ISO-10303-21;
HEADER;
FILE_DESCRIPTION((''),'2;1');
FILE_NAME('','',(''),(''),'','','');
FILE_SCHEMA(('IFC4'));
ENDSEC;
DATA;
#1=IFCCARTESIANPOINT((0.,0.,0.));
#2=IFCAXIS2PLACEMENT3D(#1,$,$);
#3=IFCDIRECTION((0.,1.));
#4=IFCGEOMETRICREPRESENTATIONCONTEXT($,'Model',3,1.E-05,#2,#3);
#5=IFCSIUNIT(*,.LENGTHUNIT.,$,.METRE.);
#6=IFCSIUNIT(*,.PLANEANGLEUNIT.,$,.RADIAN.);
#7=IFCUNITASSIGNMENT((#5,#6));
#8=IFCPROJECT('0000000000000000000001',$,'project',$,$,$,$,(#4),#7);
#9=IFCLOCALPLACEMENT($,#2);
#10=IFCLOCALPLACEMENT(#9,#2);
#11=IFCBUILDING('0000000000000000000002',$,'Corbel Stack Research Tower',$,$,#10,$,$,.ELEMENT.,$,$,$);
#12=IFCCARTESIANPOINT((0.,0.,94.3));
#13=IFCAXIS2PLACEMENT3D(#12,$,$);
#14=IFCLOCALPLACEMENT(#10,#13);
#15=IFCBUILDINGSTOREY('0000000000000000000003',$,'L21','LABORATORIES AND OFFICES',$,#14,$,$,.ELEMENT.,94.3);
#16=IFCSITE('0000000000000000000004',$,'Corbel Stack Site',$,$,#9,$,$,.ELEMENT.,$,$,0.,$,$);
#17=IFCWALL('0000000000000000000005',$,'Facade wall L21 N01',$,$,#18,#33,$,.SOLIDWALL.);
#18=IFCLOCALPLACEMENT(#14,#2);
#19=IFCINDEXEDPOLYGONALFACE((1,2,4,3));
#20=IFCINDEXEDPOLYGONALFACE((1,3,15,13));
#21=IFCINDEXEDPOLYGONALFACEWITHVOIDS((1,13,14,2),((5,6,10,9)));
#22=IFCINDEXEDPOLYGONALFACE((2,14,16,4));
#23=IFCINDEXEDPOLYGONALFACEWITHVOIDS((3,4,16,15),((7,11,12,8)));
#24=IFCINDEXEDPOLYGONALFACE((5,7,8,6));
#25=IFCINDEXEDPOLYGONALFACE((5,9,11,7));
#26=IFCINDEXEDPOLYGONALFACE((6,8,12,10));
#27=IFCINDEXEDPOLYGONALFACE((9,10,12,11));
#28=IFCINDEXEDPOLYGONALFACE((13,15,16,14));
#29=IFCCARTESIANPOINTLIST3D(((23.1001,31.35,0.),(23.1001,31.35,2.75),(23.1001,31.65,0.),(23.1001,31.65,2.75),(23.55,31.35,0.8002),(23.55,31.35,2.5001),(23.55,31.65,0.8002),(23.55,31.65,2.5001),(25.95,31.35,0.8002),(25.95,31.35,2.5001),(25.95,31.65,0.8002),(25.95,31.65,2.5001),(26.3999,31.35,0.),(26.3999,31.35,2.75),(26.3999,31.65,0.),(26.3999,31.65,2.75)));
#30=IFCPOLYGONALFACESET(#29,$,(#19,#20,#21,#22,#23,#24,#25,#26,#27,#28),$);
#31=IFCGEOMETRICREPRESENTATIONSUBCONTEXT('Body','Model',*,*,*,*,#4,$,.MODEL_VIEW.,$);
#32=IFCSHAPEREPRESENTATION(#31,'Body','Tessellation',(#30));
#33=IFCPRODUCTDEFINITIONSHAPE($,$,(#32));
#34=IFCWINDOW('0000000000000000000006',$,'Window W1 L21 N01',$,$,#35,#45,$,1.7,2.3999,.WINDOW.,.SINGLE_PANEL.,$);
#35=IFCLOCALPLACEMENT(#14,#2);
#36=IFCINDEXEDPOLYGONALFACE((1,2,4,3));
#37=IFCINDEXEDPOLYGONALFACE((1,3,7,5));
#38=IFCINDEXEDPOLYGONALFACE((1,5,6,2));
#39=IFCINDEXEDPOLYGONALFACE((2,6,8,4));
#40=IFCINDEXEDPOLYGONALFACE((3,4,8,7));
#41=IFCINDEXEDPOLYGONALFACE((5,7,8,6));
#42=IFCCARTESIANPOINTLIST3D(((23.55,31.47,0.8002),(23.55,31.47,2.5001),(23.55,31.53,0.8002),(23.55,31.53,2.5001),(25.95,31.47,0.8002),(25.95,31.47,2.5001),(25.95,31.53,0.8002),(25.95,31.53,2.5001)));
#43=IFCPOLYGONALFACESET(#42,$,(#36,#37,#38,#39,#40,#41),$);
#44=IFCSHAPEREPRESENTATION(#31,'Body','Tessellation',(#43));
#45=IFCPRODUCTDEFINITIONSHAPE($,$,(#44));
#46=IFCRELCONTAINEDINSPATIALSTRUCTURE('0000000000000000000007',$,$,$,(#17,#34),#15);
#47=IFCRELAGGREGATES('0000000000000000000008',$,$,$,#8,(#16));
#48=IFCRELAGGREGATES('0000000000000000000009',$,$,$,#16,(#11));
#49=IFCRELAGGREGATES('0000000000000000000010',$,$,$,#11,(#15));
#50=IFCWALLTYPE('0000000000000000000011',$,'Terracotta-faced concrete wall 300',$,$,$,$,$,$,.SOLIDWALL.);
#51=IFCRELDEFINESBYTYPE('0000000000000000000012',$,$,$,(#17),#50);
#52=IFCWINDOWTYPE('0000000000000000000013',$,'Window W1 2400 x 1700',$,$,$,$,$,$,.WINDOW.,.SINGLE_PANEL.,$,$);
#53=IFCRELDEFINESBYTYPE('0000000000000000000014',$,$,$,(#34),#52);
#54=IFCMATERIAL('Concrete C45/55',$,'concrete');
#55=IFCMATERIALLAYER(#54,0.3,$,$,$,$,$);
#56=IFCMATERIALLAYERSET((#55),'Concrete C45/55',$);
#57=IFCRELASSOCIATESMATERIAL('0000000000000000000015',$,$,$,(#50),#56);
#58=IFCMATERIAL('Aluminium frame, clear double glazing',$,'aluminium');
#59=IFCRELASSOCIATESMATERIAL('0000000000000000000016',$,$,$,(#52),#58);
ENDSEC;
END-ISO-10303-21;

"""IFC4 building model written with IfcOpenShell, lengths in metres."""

from ifc_helpers import new_model, si_unit, direction, frame, frame_2d, origin, place, context, subcontext, project, spatial, rectangle, extrude, material, layer, layer_set, type_object, element, fill, save


model = new_model("IFC4")

# Units and contexts
model_context = context("Model", 3, precision=1e-05, world=origin(), true_north=direction((0.0, 1.0)))
body_context = subcontext(model_context, "Body", "Model", "MODEL_VIEW")
ifc_project = project(units=[si_unit("LENGTHUNIT", "METRE"), si_unit("PLANEANGLEUNIT", "RADIAN")], contexts=[model_context])

# Site, building, storey
site_placement = place(None, origin())
site = spatial("IfcSite", under=ifc_project, at=site_placement, Name="Corbel Stack Site", CompositionType="ELEMENT", RefElevation=0.0)
building_placement = place(site_placement, origin())
building = spatial("IfcBuilding", under=site, at=building_placement, Name="Corbel Stack Research Tower", CompositionType="ELEMENT")
storey_placement = place(building_placement, frame((0.0, 0.0, 94.3)))
storey = spatial("IfcBuildingStorey", under=building, at=storey_placement, Name="L21", Description="LABORATORIES AND OFFICES", CompositionType="ELEMENT", Elevation=94.3)

# Wall, opening, window
ifc_material_1 = material(Name="Concrete C45/55", Category="concrete")
ifc_layer_1 = layer(ifc_material_1, 0.3)
ifc_layer_set_1 = layer_set([ifc_layer_1], Name="Concrete C45/55")
wall_type_1 = type_object("IfcWallType", Name="Terracotta-faced concrete wall 300", PredefinedType="SOLIDWALL", material=ifc_layer_set_1)
wall_1_placement = place(storey_placement, frame((23.1001, 31.5, 0.0), z_axis=(0.0, 0.0, 1.0), x_axis=(1.0, 0.0, 0.0)))
wall_1 = element("IfcWall", 1, at=wall_1_placement, inside=storey, type_object=wall_type_1, Name="Facade wall L21 N01", PredefinedType="SOLIDWALL", context=body_context, shape_type="SweptSolid", body=[
    extrude(rectangle(XDim=3.2998, YDim=0.3, at=frame_2d((1.6499, 0.0))), origin(), (0.0, 0.0, 1.0), 2.75),
])
opening_1_placement = place(wall_1_placement, frame((0.45, 0.0, 0.8)))
opening_1 = element("IfcOpeningElement", 2, at=opening_1_placement, cuts=wall_1, PredefinedType="OPENING", context=body_context, shape_type="SweptSolid", body=[
    extrude(rectangle(XDim=2.3999, YDim=1.7, at=frame_2d((1.2, 0.8501))), frame((0.0, 0.1599, 0.0), z_axis=(0.0, -1.0, 0.0), x_axis=(1.0, 0.0, 0.0)), (0.0, 0.0, 1.0), 0.3201),
])
ifc_material_2 = material(Name="Aluminium frame, clear double glazing", Category="aluminium")
window_type = type_object("IfcWindowType", Name="Window W1 2400 x 1700", PartitioningType="SINGLE_PANEL", PredefinedType="WINDOW", material=ifc_material_2)
window_placement = place(opening_1_placement, origin())
window = element("IfcWindow", 3, at=window_placement, inside=storey, type_object=window_type, Name="Window W1 L21 N01", OverallHeight=1.7, OverallWidth=2.3999, PartitioningType="SINGLE_PANEL", PredefinedType="WINDOW", context=body_context, shape_type="SweptSolid", body=[
    extrude(rectangle(XDim=2.3999, YDim=1.7, at=frame_2d((1.2, 0.8501))), frame((0.0, 0.03, 0.0), z_axis=(0.0, -1.0, 0.0), x_axis=(1.0, 0.0, 0.0)), (0.0, 0.0, 1.0), 0.0601),
])
fill(opening_1, window)

save(model, "model.ifc")
